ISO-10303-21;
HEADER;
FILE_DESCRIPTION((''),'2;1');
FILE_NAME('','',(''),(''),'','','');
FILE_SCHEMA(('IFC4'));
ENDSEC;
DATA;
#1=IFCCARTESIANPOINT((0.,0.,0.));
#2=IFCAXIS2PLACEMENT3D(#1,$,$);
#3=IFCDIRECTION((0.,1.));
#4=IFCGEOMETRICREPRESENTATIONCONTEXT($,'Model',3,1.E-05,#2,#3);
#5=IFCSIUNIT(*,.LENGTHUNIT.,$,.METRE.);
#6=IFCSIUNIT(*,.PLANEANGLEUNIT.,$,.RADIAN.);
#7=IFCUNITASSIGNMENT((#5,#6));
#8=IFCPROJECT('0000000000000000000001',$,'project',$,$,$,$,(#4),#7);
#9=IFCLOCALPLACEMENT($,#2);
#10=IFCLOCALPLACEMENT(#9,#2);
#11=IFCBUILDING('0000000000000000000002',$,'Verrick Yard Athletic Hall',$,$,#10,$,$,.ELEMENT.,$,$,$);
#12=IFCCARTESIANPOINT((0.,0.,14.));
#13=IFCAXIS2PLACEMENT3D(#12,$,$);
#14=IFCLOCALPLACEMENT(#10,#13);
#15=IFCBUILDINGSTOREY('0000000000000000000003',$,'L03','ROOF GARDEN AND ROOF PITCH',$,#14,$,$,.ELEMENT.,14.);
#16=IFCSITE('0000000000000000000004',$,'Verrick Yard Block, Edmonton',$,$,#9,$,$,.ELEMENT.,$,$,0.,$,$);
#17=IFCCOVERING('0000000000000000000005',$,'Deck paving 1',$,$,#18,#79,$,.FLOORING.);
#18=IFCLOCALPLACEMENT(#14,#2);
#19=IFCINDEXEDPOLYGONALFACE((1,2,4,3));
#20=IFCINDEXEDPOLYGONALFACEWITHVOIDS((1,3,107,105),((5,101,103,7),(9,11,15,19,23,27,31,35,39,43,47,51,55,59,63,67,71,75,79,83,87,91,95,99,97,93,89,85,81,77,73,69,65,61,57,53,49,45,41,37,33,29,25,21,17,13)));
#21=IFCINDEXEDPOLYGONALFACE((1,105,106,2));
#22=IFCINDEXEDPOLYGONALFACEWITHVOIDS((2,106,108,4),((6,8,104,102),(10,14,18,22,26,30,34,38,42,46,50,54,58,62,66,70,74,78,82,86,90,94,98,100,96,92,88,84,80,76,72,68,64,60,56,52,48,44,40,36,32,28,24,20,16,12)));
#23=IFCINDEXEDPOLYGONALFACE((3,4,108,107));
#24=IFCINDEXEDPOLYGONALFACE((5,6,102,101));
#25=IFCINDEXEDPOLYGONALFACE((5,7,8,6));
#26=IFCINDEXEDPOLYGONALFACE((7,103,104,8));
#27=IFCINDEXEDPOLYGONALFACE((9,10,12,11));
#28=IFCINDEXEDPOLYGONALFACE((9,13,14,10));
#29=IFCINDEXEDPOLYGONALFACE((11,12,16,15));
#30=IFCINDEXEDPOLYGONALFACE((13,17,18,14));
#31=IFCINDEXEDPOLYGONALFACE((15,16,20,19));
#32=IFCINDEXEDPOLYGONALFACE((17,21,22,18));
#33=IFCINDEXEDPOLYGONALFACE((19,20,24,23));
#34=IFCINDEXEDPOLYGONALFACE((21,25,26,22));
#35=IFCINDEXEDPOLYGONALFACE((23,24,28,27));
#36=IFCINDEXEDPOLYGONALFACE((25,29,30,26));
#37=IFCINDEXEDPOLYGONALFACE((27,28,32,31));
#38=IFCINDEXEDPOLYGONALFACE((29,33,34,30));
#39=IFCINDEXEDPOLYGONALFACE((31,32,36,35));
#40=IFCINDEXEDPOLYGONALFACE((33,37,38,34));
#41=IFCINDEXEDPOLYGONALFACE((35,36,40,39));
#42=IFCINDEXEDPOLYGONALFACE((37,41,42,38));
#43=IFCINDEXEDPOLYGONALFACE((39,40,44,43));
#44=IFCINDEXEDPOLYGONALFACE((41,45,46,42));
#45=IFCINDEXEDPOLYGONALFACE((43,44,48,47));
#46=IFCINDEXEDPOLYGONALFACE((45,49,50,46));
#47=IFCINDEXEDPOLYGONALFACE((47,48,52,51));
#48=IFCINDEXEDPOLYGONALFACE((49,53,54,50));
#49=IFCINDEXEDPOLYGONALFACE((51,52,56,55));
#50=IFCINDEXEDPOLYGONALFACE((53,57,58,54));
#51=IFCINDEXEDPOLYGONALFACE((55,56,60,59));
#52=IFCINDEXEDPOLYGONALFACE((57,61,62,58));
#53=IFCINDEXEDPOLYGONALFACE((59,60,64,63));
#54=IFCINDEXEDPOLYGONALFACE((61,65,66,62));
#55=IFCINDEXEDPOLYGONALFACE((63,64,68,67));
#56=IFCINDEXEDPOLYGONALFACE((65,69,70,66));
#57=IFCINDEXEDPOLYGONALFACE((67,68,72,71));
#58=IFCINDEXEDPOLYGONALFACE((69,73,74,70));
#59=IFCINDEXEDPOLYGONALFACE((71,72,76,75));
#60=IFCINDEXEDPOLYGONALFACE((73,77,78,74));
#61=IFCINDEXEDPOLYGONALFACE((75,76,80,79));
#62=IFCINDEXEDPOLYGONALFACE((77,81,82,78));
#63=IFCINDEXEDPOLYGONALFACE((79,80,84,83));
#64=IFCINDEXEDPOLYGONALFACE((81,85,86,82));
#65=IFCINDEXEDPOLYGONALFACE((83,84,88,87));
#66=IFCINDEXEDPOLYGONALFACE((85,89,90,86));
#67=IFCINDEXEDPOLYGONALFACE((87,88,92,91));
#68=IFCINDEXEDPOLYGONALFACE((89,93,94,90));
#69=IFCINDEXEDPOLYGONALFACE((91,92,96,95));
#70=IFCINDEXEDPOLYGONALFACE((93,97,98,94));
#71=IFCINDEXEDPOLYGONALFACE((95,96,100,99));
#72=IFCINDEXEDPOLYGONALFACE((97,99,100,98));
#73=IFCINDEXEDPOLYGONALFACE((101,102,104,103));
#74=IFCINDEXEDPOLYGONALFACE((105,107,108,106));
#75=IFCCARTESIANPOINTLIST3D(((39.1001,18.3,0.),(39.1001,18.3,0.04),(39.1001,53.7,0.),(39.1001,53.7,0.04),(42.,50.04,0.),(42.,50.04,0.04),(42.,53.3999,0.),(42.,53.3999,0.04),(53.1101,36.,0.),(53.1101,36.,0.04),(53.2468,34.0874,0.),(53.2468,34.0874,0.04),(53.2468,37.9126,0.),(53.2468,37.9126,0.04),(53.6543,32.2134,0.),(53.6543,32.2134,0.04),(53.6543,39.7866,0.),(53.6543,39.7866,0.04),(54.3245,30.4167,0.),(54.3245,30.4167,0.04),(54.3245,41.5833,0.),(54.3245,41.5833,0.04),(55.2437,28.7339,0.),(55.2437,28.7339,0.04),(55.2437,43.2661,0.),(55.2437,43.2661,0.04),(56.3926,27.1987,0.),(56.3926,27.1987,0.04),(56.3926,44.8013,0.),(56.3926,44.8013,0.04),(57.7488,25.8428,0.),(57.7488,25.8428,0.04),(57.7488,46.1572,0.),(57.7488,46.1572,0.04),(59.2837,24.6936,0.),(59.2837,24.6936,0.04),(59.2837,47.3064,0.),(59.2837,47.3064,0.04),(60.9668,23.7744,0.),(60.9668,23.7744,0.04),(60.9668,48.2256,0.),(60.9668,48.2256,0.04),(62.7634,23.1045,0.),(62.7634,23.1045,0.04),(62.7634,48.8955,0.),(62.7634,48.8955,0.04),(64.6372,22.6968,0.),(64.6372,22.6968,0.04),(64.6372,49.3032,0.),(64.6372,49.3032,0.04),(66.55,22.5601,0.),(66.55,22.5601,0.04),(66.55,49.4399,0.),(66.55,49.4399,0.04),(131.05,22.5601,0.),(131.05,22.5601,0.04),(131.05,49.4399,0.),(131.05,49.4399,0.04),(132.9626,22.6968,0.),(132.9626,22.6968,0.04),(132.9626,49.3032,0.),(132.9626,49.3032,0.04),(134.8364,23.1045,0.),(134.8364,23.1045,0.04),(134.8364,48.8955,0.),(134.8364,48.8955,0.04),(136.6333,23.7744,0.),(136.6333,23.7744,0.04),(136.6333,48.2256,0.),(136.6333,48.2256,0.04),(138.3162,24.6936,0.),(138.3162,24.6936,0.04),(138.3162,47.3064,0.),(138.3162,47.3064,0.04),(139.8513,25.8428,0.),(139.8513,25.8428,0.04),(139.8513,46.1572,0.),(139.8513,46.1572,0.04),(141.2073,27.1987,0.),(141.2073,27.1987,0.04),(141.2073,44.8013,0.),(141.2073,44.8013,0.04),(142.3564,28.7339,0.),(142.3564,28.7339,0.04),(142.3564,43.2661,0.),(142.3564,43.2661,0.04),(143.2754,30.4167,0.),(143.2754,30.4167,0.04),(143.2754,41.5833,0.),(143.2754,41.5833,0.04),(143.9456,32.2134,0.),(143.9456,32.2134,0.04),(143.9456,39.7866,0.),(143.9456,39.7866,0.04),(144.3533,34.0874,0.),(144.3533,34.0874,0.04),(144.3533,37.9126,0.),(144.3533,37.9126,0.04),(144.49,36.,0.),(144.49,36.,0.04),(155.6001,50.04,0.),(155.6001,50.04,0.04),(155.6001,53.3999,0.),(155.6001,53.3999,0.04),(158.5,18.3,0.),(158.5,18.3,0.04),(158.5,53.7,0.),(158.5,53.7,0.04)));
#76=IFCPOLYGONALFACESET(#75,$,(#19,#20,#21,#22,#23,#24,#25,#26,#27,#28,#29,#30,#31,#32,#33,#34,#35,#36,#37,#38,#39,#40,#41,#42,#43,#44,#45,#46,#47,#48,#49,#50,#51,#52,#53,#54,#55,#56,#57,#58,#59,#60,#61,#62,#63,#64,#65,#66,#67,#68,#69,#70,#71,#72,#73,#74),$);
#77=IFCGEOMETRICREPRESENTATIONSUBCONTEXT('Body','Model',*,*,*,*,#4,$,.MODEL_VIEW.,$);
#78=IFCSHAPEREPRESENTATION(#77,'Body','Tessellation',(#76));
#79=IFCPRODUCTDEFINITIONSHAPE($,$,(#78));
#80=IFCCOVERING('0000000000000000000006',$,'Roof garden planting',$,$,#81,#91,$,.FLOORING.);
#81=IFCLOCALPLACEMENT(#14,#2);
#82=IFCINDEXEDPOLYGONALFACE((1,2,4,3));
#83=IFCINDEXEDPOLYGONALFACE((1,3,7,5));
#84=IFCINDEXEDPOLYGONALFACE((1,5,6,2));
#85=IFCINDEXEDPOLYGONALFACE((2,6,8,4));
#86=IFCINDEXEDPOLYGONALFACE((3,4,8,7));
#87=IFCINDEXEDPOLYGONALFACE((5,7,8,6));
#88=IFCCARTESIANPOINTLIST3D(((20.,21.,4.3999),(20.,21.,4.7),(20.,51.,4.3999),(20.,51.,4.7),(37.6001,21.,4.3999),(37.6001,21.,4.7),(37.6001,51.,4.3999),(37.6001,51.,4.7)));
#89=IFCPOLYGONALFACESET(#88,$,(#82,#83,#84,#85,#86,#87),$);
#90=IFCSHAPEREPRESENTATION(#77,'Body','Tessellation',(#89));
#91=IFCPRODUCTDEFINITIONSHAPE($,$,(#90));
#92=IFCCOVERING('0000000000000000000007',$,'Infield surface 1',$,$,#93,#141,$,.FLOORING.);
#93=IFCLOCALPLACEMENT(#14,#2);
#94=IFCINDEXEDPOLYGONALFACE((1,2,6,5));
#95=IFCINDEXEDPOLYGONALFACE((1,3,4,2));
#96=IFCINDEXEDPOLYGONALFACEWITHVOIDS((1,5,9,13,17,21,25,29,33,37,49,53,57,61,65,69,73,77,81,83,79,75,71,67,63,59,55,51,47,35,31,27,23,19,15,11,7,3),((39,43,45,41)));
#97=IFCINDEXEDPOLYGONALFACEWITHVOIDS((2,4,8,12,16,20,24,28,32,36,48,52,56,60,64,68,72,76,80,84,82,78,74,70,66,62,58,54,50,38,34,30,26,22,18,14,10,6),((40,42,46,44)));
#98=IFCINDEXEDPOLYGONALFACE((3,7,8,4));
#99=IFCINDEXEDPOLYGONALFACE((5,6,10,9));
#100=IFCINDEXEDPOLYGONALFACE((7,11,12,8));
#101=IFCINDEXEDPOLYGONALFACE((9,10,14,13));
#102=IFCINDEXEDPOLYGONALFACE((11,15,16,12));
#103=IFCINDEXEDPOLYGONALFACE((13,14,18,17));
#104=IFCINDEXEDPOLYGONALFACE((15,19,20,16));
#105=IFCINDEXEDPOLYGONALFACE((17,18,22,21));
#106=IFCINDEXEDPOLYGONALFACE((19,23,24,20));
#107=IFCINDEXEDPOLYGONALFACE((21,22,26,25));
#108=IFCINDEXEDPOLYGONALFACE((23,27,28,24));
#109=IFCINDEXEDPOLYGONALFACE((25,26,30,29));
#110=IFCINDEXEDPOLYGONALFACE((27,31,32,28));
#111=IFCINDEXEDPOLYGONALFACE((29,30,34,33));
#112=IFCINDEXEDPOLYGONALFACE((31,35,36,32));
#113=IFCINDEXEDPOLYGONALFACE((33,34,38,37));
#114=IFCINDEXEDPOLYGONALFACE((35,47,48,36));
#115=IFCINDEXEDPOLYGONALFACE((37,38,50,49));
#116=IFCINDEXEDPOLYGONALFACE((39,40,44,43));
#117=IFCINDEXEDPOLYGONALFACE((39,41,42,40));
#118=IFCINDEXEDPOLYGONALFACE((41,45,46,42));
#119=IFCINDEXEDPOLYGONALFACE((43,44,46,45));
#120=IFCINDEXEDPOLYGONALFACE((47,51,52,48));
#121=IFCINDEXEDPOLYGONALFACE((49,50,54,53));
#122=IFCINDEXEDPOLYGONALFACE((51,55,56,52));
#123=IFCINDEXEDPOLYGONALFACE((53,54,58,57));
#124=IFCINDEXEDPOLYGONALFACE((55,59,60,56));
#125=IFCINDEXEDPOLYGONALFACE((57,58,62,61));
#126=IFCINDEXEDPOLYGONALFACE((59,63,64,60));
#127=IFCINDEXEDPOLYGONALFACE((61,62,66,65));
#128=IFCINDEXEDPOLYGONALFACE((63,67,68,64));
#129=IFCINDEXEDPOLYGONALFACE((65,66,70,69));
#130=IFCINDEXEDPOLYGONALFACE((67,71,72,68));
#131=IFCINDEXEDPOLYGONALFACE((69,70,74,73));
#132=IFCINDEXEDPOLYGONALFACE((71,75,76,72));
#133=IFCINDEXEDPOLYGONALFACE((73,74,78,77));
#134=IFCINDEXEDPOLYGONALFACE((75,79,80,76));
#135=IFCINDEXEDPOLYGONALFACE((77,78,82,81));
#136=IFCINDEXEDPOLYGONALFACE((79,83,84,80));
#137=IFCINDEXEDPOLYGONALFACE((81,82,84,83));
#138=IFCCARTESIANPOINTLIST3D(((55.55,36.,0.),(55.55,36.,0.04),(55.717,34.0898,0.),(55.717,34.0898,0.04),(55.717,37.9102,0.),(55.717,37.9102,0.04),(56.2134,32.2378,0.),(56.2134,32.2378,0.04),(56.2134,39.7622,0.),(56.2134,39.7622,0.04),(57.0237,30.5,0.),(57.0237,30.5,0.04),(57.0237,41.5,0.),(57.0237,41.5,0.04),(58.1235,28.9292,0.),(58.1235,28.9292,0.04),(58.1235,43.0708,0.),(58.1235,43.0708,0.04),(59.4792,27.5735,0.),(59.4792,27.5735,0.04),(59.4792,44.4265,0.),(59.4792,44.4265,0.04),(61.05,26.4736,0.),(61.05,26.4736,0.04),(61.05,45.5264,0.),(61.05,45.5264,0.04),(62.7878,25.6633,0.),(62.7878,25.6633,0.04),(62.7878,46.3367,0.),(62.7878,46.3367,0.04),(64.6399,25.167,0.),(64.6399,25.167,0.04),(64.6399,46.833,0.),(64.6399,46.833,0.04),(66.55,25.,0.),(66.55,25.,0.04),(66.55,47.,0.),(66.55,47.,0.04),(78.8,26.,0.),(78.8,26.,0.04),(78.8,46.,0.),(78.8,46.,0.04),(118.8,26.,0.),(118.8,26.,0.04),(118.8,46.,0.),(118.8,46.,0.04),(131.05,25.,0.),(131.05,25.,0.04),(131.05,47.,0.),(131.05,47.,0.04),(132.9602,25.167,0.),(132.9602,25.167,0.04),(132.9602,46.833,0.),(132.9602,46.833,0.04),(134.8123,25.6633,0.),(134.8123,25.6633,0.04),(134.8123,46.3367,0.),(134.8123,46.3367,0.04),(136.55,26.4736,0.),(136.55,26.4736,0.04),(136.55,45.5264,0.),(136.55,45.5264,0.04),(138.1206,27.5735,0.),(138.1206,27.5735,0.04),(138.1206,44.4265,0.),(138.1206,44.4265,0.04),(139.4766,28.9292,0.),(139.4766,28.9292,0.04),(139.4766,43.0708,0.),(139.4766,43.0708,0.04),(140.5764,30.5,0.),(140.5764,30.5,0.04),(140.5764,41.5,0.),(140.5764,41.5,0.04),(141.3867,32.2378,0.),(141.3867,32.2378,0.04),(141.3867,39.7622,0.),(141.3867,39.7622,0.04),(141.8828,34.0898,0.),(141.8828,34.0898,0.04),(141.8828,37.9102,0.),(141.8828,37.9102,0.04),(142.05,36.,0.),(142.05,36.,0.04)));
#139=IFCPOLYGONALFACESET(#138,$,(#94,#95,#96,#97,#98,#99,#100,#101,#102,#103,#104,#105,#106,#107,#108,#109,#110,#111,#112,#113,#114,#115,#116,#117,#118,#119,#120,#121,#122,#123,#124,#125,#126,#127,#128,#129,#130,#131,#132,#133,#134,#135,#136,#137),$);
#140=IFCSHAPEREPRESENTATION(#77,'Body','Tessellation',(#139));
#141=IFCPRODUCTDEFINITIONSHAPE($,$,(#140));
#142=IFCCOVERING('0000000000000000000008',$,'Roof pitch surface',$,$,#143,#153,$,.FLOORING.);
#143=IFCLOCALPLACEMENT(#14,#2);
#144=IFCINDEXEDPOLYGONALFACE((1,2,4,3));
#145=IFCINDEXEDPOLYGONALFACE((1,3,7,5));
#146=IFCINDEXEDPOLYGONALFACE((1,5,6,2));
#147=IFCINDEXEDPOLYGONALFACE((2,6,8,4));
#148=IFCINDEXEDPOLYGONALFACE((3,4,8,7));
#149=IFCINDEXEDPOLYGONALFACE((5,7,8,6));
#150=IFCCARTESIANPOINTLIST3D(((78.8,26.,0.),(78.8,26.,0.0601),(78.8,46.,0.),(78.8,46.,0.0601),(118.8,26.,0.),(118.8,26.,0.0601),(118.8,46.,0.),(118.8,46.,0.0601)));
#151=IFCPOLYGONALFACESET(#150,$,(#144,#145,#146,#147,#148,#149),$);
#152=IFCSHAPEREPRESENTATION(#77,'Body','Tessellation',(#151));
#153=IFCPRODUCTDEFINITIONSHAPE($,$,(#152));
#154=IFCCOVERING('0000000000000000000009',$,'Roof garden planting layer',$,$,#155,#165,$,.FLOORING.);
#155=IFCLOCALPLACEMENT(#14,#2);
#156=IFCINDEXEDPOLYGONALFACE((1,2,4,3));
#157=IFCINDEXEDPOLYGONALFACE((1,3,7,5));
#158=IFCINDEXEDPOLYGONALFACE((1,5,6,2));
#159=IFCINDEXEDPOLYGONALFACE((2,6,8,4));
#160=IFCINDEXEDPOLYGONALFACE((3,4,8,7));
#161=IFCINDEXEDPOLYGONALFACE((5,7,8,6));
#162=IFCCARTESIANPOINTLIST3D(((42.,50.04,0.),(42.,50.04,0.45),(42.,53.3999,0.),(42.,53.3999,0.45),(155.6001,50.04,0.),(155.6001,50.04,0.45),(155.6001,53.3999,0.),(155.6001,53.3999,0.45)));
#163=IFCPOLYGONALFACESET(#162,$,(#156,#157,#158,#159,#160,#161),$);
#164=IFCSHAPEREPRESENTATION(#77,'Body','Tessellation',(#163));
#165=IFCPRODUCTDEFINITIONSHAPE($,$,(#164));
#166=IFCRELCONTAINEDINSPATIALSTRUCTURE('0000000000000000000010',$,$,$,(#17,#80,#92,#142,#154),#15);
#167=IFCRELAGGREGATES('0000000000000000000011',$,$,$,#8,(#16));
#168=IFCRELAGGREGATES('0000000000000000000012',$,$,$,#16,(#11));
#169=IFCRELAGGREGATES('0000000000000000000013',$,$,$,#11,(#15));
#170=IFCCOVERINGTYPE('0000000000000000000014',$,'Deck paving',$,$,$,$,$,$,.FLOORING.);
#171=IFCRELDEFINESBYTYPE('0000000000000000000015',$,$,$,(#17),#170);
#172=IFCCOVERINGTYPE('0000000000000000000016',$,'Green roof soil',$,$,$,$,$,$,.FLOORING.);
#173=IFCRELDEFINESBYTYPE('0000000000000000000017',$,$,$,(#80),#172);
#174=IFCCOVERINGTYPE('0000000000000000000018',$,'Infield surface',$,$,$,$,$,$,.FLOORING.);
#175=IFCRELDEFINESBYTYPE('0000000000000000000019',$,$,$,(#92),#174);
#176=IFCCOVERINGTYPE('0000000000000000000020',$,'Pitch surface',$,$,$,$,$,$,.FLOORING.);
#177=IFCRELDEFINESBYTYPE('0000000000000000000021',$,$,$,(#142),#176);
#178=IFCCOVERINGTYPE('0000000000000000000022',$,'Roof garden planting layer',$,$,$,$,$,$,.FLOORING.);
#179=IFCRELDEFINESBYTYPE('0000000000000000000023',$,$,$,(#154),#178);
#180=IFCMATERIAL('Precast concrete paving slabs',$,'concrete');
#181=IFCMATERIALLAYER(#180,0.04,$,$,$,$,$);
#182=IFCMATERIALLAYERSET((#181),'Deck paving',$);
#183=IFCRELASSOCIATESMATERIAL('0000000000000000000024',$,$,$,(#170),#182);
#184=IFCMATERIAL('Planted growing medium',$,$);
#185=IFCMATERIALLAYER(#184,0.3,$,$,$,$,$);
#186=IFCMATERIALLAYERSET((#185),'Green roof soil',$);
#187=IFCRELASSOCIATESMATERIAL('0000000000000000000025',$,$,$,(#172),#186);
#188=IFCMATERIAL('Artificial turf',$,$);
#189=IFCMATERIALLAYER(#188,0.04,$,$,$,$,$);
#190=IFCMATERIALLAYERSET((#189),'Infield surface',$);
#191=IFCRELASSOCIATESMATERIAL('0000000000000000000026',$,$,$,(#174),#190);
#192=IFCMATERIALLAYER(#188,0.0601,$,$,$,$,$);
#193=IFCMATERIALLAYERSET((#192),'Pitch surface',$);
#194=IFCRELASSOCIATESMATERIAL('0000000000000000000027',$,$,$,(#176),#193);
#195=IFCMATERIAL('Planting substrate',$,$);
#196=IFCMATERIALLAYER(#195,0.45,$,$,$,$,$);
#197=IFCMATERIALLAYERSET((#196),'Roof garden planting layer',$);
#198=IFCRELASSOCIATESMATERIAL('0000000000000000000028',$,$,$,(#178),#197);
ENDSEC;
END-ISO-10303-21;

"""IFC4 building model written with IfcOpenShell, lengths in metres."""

from ifc_helpers import new_model, si_unit, direction, frame, origin, place, context, subcontext, project, spatial, polyline, outline, extrude, material, layer, layer_set, type_object, element, save


model = new_model("IFC4")

# Units and contexts
model_context = context("Model", 3, precision=1e-05, world=origin(), true_north=direction((0.0, 1.0)))
body_context = subcontext(model_context, "Body", "Model", "MODEL_VIEW")
ifc_project = project(units=[si_unit("LENGTHUNIT", "METRE"), si_unit("PLANEANGLEUNIT", "RADIAN")], contexts=[model_context])

# Site, building, storey
site_placement = place(None, origin())
site = spatial("IfcSite", under=ifc_project, at=site_placement, Name="Verrick Yard Block, Edmonton", CompositionType="ELEMENT", RefElevation=0.0)
building_placement = place(site_placement, origin())
building = spatial("IfcBuilding", under=site, at=building_placement, Name="Verrick Yard Athletic Hall", CompositionType="ELEMENT")
storey_placement = place(building_placement, frame((0.0, 0.0, 14.0)))
storey = spatial("IfcBuildingStorey", under=building, at=storey_placement, Name="L03", Description="ROOF GARDEN AND ROOF PITCH", CompositionType="ELEMENT", Elevation=14.0)

# Coverings
ifc_material_1 = material(Name="Precast concrete paving slabs", Category="concrete")
ifc_layer_1 = layer(ifc_material_1, 0.04)
ifc_layer_set_1 = layer_set([ifc_layer_1], Name="Deck paving")
covering_type_1 = type_object("IfcCoveringType", Name="Deck paving", PredefinedType="FLOORING", material=ifc_layer_set_1)
covering_1_placement = place(storey_placement, origin())
element("IfcCovering", 1, at=covering_1_placement, inside=storey, type_object=covering_type_1, Name="Deck paving 1", PredefinedType="FLOORING", context=body_context, shape_type="SweptSolid", body=[
    extrude(outline(polyline([(39.1001, 53.7), (158.5, 53.7), (158.5, 18.3), (39.1001, 18.3), (39.1001, 53.7)]), holes=[polyline([(132.9626, 22.6968), (134.8364, 23.1045), (136.6333, 23.7744), (138.3162, 24.6936), (139.8513, 25.8428), (141.2073, 27.1987), (142.3564, 28.7339), (143.2754, 30.4167), (143.9456, 32.2134), (144.3533, 34.0874), (144.49, 36.0), (144.3533, 37.9126), (143.9456, 39.7866), (143.2754, 41.5833), (142.3564, 43.2661), (141.2073, 44.8013), (139.8513, 46.1572), (138.3162, 47.3064), (136.6333, 48.2256), (134.8364, 48.8955), (132.9626, 49.3032), (131.05, 49.4399), (66.55, 49.4399), (64.6372, 49.3032), (62.7634, 48.8955), (60.9668, 48.2256), (59.2837, 47.3064), (57.7488, 46.1572), (56.3926, 44.8013), (55.2437, 43.2661), (54.3245, 41.5833), (53.6543, 39.7866), (53.2468, 37.9126), (53.1101, 36.0), (53.2468, 34.0874), (53.6543, 32.2134), (54.3245, 30.4167), (55.2437, 28.7339), (56.3926, 27.1987), (57.7488, 25.8428), (59.2837, 24.6936), (60.9668, 23.7744), (62.7634, 23.1045), (64.6372, 22.6968), (66.55, 22.5601), (131.05, 22.5601), (132.9626, 22.6968)]), polyline([(155.6001, 53.3999), (42.0, 53.3999), (42.0, 50.04), (155.6001, 50.04), (155.6001, 53.3999)])]), origin(), (0.0, 0.0, 1.0), 0.04),
])
ifc_material_2 = material(Name="Planted growing medium")
ifc_layer_2 = layer(ifc_material_2, 0.3)
ifc_layer_set_2 = layer_set([ifc_layer_2], Name="Green roof soil")
covering_type_2 = type_object("IfcCoveringType", Name="Green roof soil", PredefinedType="FLOORING", material=ifc_layer_set_2)
covering_2_placement = place(storey_placement, frame((0.0, 0.0, 4.3999)))
element("IfcCovering", 2, at=covering_2_placement, inside=storey, type_object=covering_type_2, Name="Roof garden planting", PredefinedType="FLOORING", context=body_context, shape_type="SweptSolid", body=[
    extrude(outline(polyline([(20.0, 21.0), (37.6001, 21.0), (37.6001, 51.0), (20.0, 51.0), (20.0, 21.0)])), origin(), (0.0, 0.0, 1.0), 0.3),
])
ifc_material_3 = material(Name="Artificial turf")
ifc_layer_3 = layer(ifc_material_3, 0.04)
ifc_layer_set_3 = layer_set([ifc_layer_3], Name="Infield surface")
covering_type_3 = type_object("IfcCoveringType", Name="Infield surface", PredefinedType="FLOORING", material=ifc_layer_set_3)
covering_3_placement = place(storey_placement, origin())
element("IfcCovering", 3, at=covering_3_placement, inside=storey, type_object=covering_type_3, Name="Infield surface 1", PredefinedType="FLOORING", context=body_context, shape_type="SweptSolid", body=[
    extrude(outline(polyline([(64.6399, 25.167), (62.7878, 25.6633), (61.05, 26.4736), (59.4792, 27.5735), (58.1235, 28.9292), (57.0237, 30.5), (56.2134, 32.2378), (55.717, 34.0898), (55.55, 36.0), (55.717, 37.9102), (56.2134, 39.7622), (57.0237, 41.5), (58.1235, 43.0708), (59.4792, 44.4265), (61.05, 45.5264), (62.7878, 46.3367), (64.6399, 46.833), (66.55, 47.0), (131.05, 47.0), (132.9602, 46.833), (134.8123, 46.3367), (136.55, 45.5264), (138.1206, 44.4265), (139.4766, 43.0708), (140.5764, 41.5), (141.3867, 39.7622), (141.8828, 37.9102), (142.05, 36.0), (141.8828, 34.0898), (141.3867, 32.2378), (140.5764, 30.5), (139.4766, 28.9292), (138.1206, 27.5735), (136.55, 26.4736), (134.8123, 25.6633), (132.9602, 25.167), (131.05, 25.0), (66.55, 25.0), (64.6399, 25.167)]), holes=[polyline([(118.8, 46.0), (78.8, 46.0), (78.8, 26.0), (118.8, 26.0), (118.8, 46.0)])]), origin(), (0.0, 0.0, 1.0), 0.04),
])
ifc_layer_4 = layer(ifc_material_3, 0.0601)
ifc_layer_set_4 = layer_set([ifc_layer_4], Name="Pitch surface")
covering_type_4 = type_object("IfcCoveringType", Name="Pitch surface", PredefinedType="FLOORING", material=ifc_layer_set_4)
covering_4_placement = place(storey_placement, origin())
element("IfcCovering", 4, at=covering_4_placement, inside=storey, type_object=covering_type_4, Name="Roof pitch surface", PredefinedType="FLOORING", context=body_context, shape_type="SweptSolid", body=[
    extrude(outline(polyline([(78.8, 26.0), (118.8, 26.0), (118.8, 46.0), (78.8, 46.0), (78.8, 26.0)])), origin(), (0.0, 0.0, 1.0), 0.0601),
])
ifc_material_4 = material(Name="Planting substrate")
ifc_layer_5 = layer(ifc_material_4, 0.45)
ifc_layer_set_5 = layer_set([ifc_layer_5], Name="Roof garden planting layer")
covering_type_5 = type_object("IfcCoveringType", Name="Roof garden planting layer", PredefinedType="FLOORING", material=ifc_layer_set_5)
covering_5_placement = place(storey_placement, origin())
element("IfcCovering", 5, at=covering_5_placement, inside=storey, type_object=covering_type_5, Name="Roof garden planting layer", PredefinedType="FLOORING", context=body_context, shape_type="SweptSolid", body=[
    extrude(outline(polyline([(42.0, 50.04), (155.6001, 50.04), (155.6001, 53.3999), (42.0, 53.3999), (42.0, 50.04)])), origin(), (0.0, 0.0, 1.0), 0.45),
])

save(model, "model.ifc")
